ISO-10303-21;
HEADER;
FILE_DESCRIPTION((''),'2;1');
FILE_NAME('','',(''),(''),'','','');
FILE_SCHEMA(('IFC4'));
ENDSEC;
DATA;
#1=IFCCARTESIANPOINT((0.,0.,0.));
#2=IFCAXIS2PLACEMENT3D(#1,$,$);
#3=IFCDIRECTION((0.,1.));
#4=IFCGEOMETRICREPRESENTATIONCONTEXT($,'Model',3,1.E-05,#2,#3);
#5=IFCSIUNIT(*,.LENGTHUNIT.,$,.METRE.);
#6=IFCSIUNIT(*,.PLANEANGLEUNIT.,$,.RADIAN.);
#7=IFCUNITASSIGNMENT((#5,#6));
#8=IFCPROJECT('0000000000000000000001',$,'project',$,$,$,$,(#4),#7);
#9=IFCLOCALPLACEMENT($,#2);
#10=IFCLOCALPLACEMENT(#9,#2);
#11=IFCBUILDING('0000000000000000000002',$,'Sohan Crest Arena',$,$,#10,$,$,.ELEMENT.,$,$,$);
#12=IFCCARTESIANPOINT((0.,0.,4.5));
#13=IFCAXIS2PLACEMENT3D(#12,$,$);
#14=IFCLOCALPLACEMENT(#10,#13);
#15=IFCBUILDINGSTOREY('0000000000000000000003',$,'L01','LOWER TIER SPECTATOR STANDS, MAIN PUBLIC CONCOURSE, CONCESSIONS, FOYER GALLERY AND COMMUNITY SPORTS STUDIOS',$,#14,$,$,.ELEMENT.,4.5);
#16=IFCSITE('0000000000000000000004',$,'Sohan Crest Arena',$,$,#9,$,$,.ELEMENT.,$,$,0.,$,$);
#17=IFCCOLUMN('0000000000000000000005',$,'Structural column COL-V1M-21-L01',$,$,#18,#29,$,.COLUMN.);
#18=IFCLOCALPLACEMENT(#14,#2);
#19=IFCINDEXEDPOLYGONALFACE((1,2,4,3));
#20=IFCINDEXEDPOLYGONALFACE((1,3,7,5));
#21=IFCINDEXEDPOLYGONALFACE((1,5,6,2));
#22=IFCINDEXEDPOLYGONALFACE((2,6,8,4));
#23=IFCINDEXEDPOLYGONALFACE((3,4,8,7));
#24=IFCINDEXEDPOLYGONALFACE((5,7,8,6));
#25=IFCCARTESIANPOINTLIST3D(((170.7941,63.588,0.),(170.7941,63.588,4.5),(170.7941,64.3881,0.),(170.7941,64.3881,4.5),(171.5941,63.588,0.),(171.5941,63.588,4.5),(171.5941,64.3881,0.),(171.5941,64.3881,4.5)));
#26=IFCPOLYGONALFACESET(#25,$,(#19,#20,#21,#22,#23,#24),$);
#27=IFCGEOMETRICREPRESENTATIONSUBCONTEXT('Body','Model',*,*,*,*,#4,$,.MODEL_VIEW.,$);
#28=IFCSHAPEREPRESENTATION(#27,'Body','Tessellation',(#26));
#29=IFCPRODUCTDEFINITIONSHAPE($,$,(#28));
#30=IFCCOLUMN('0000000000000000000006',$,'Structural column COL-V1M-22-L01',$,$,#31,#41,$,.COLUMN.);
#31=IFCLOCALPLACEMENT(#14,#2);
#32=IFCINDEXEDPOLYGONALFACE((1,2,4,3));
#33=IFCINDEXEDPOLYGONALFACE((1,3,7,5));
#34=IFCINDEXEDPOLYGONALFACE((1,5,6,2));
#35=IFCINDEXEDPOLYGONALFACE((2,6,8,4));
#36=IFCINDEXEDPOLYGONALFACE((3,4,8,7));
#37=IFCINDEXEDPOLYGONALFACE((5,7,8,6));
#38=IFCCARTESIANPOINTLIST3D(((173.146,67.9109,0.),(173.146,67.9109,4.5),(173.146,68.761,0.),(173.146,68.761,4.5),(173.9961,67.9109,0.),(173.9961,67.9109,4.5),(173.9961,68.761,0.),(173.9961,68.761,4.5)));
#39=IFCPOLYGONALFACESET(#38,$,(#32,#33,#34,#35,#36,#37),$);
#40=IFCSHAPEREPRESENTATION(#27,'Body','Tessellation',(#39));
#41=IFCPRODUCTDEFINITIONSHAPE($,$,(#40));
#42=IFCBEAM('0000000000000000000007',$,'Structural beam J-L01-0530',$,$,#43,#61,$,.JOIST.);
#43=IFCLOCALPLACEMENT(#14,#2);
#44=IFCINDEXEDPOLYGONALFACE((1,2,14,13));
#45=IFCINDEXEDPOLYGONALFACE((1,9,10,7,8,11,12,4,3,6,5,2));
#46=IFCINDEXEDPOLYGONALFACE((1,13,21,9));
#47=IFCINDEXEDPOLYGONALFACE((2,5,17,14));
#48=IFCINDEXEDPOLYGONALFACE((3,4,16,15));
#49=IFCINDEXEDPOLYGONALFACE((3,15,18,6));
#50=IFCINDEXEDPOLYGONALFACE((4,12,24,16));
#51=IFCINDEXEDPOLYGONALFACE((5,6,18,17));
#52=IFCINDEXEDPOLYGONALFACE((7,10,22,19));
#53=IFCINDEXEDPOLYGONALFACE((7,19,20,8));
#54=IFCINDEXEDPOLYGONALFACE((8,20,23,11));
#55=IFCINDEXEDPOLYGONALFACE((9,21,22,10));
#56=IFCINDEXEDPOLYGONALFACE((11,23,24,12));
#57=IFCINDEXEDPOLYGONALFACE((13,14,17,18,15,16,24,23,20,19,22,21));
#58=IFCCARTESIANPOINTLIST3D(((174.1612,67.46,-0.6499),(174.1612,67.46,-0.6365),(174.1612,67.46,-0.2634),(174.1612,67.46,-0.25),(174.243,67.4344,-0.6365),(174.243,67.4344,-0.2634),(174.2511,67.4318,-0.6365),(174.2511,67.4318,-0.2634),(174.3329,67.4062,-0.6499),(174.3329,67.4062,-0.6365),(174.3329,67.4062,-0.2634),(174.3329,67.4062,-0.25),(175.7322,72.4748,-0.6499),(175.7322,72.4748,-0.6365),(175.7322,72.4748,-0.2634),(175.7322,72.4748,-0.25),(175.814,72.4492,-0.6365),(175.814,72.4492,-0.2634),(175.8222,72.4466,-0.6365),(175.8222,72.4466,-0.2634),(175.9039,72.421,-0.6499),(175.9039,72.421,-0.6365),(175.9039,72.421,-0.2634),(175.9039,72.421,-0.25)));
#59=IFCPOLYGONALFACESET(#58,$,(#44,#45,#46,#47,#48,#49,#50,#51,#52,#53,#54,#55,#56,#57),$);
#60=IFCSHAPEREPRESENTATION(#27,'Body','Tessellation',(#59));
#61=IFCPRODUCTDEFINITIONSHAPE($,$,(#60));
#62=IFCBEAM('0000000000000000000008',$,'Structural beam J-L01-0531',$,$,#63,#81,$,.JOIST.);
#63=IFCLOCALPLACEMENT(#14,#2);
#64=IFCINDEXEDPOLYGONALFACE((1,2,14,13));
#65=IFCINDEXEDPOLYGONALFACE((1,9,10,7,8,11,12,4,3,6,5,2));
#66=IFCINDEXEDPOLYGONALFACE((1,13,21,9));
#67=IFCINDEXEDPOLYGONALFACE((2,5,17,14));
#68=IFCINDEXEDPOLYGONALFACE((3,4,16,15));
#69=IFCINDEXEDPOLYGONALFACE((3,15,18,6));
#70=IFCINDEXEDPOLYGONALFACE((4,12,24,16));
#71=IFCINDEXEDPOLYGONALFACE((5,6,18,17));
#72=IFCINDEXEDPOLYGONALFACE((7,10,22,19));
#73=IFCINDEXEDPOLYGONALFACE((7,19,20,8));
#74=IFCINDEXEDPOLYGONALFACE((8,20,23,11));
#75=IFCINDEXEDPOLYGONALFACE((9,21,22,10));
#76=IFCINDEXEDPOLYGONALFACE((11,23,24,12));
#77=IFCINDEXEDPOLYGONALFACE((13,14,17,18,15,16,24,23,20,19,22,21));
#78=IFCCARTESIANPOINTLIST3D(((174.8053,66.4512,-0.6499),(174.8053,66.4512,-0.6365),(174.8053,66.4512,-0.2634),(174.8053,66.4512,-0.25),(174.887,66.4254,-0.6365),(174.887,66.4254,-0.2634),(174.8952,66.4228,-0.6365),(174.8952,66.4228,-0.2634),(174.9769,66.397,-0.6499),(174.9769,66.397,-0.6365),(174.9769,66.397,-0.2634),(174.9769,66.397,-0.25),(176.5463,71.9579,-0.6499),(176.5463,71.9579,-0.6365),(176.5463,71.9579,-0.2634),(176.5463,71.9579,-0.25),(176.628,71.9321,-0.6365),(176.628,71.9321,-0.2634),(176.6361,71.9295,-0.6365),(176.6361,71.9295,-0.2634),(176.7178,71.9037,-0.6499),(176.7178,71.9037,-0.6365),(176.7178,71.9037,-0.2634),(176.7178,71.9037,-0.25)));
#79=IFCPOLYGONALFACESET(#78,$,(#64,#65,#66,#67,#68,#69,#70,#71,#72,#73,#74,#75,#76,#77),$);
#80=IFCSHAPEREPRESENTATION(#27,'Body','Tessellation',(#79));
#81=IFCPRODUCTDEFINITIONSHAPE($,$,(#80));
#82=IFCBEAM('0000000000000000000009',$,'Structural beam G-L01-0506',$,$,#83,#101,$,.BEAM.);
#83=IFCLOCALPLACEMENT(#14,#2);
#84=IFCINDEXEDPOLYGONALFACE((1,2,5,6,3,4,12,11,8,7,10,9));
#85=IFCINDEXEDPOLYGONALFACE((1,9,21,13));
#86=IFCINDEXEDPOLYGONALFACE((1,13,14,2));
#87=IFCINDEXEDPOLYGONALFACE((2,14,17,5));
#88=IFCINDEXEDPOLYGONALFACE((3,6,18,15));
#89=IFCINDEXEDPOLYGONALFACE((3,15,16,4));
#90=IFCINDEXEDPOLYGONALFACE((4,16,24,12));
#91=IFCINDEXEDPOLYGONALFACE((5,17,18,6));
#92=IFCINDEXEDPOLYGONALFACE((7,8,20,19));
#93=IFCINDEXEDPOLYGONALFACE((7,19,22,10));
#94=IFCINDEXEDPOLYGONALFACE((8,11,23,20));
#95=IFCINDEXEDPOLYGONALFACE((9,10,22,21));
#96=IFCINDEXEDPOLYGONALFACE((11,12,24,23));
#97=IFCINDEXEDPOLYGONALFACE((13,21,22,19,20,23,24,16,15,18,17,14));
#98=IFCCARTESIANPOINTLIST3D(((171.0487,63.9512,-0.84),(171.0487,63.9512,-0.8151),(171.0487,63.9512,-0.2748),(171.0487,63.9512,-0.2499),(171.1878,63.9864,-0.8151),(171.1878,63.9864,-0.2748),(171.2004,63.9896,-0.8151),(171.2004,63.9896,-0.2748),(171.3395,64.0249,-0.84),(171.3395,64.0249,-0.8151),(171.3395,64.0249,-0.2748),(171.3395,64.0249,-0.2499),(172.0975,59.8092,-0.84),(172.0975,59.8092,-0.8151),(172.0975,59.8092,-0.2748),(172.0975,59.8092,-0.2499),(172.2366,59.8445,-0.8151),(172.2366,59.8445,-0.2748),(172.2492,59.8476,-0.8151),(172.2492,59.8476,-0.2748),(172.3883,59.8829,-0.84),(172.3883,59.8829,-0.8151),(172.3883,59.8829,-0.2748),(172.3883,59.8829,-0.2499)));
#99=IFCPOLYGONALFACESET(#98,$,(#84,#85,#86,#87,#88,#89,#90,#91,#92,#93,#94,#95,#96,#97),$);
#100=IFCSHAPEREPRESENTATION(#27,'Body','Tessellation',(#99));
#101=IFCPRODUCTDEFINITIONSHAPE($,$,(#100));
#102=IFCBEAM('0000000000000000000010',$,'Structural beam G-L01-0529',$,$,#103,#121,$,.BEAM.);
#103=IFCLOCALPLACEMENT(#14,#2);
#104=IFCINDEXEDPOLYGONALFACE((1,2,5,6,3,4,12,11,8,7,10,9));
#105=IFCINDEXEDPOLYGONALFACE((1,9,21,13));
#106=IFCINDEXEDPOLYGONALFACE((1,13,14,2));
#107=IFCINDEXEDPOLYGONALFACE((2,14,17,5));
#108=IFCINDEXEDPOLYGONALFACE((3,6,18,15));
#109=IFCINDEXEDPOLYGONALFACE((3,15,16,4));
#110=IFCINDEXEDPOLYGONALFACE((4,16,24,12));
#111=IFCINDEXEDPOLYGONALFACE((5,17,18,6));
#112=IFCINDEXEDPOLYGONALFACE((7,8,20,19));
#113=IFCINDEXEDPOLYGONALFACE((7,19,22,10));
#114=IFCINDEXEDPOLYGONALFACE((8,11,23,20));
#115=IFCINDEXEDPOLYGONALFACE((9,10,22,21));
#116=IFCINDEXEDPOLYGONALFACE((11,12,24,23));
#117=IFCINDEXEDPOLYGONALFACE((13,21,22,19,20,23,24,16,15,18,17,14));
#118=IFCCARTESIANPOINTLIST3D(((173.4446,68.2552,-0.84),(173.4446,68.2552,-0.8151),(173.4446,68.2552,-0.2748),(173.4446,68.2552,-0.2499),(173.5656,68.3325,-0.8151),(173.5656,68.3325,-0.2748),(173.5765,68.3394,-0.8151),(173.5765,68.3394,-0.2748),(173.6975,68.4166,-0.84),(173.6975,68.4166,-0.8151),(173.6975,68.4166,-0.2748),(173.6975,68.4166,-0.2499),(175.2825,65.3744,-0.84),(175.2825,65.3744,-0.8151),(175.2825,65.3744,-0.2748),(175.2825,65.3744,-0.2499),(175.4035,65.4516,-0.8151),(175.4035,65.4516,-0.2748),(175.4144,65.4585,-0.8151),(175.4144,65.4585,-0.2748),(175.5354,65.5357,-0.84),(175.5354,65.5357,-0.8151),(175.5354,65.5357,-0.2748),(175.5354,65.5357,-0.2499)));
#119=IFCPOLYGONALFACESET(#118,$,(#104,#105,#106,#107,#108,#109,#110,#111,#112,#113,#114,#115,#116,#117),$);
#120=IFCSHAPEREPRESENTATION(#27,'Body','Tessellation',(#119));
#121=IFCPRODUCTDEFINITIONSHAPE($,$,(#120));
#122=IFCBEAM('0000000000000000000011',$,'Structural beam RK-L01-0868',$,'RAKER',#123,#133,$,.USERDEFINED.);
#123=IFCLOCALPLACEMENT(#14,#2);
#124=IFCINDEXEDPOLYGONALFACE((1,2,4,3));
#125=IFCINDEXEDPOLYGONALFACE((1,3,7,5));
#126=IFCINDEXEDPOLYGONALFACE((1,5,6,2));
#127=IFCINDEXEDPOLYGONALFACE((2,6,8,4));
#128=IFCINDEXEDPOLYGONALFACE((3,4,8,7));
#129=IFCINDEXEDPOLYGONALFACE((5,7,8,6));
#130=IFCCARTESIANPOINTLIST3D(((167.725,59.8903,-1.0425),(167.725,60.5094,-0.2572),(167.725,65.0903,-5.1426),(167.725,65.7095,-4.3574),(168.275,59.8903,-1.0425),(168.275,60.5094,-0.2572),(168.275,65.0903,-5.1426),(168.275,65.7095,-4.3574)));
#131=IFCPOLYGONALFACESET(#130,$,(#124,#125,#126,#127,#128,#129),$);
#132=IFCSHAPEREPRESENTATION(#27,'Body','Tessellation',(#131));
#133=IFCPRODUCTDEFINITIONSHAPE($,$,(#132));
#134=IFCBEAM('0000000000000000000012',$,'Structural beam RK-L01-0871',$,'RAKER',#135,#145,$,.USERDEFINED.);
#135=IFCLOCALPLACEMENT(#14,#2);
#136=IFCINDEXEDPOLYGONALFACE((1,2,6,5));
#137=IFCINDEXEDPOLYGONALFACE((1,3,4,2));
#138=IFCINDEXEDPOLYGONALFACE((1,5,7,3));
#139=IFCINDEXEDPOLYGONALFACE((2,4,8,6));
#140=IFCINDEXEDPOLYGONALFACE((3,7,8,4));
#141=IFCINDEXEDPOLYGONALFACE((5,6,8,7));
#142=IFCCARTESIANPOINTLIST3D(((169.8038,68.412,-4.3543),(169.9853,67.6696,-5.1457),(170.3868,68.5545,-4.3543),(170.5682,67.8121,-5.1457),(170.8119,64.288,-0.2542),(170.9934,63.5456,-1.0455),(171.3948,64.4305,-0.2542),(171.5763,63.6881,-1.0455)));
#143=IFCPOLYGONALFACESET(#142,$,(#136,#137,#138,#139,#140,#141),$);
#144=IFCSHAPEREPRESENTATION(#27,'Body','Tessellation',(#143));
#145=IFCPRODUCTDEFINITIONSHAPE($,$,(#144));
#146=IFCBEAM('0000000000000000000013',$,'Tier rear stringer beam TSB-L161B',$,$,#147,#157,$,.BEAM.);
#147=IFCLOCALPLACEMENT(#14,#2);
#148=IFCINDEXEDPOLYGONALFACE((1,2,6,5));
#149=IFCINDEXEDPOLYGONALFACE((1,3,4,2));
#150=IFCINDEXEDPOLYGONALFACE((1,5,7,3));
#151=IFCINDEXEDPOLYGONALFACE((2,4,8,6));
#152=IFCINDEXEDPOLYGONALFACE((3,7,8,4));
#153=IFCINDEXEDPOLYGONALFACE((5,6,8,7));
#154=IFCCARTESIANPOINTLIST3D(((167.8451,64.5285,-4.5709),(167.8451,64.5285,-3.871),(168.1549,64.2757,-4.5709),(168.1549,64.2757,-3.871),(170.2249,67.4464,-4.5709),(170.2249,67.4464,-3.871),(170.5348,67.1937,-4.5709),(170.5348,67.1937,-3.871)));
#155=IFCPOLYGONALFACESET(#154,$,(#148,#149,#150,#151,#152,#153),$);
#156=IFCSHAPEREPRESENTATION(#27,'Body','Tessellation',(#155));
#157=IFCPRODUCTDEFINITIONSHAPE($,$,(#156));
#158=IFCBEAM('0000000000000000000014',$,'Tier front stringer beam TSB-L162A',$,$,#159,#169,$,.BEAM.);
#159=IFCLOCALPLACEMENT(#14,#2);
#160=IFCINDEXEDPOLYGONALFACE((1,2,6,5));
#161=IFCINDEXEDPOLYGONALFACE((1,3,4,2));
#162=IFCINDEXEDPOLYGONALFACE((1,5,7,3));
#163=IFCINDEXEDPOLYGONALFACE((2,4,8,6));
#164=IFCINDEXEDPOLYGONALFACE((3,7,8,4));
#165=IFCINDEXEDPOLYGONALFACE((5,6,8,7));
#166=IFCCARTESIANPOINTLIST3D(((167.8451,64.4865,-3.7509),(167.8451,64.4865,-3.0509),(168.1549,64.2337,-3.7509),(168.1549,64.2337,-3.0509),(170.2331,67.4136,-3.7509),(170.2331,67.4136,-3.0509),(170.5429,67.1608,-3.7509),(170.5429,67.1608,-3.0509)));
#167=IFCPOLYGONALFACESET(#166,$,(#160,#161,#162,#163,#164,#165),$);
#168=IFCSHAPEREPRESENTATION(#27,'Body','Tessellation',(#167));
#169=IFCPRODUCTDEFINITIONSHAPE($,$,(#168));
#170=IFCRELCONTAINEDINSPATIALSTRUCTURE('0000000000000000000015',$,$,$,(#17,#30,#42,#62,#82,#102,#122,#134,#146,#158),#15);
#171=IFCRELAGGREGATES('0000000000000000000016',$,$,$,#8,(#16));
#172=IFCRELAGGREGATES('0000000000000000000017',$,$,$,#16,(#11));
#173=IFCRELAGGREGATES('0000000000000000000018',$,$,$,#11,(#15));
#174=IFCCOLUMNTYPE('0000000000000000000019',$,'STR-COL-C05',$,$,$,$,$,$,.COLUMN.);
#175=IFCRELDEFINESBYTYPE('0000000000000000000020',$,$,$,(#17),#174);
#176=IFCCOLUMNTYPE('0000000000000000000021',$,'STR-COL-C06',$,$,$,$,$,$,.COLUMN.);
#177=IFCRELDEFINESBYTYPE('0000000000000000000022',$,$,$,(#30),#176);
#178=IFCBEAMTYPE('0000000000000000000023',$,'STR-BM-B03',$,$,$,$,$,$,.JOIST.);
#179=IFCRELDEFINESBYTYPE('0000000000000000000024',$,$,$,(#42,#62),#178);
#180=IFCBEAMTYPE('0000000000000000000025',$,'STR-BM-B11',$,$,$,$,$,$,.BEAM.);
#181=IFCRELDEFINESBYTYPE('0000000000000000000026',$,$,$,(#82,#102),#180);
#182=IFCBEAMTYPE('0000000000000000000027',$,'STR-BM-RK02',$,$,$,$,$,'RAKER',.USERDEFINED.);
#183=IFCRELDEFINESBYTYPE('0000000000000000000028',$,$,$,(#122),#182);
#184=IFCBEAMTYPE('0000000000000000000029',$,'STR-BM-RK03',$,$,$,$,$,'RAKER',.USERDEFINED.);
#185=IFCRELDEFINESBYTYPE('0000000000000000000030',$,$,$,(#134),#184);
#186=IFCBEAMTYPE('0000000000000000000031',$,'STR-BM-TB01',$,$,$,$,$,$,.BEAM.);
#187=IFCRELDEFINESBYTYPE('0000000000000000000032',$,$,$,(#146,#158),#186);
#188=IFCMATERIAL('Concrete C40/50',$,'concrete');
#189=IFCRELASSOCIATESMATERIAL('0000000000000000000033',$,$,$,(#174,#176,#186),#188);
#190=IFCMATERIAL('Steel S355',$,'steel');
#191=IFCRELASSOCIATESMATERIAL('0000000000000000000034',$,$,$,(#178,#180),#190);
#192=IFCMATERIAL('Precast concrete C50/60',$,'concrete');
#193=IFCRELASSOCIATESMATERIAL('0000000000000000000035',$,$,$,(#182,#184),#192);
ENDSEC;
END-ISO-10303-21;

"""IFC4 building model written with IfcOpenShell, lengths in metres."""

from ifc_helpers import new_model, si_unit, direction, frame, origin, origin_2d, place, context, subcontext, project, spatial, rectangle, i_section, extrude, material, material_profile, profile_set, type_object, element, save


model = new_model("IFC4")

# Units and contexts
model_context = context("Model", 3, precision=1e-05, world=origin(), true_north=direction((0.0, 1.0)))
body_context = subcontext(model_context, "Body", "Model", "MODEL_VIEW")
ifc_project = project(units=[si_unit("LENGTHUNIT", "METRE"), si_unit("PLANEANGLEUNIT", "RADIAN")], contexts=[model_context])

# Site, building, storey
site_placement = place(None, origin())
site = spatial("IfcSite", under=ifc_project, at=site_placement, Name="Sohan Crest Arena", CompositionType="ELEMENT", RefElevation=0.0)
building_placement = place(site_placement, origin())
building = spatial("IfcBuilding", under=site, at=building_placement, Name="Sohan Crest Arena", CompositionType="ELEMENT")
storey_placement = place(building_placement, frame((0.0, 0.0, 4.5)))
storey = spatial("IfcBuildingStorey", under=building, at=storey_placement, Name="L01", Description="LOWER TIER SPECTATOR STANDS, MAIN PUBLIC CONCOURSE, CONCESSIONS, FOYER GALLERY AND COMMUNITY SPORTS STUDIOS", CompositionType="ELEMENT", Elevation=4.5)

# Columns
ifc_material_1 = material(Name="Concrete C40/50", Category="concrete")
ifc_material_profile_1 = material_profile(ifc_material_1, rectangle(XDim=0.8, YDim=0.8, at=origin_2d()), Name="RC 800x800")
ifc_profile_set_1 = profile_set([ifc_material_profile_1], Name="Concrete C40/50")
column_type_1 = type_object("IfcColumnType", Name="STR-COL-C05", PredefinedType="COLUMN", material=ifc_profile_set_1)
column_1_placement = place(storey_placement, frame((171.1941, 63.988, 0.0), z_axis=(0.0, 0.0, 1.0), x_axis=(1.0, 0.0, 0.0)))
element("IfcColumn", 1, at=column_1_placement, inside=storey, type_object=column_type_1, Name="Structural column COL-V1M-21-L01", PredefinedType="COLUMN", context=body_context, shape_type="SweptSolid", body=[
    extrude(rectangle(XDim=0.8, YDim=0.8, at=origin_2d()), origin(), (0.0, 0.0, 1.0), 4.5),
])
ifc_material_profile_2 = material_profile(ifc_material_1, rectangle(XDim=0.8501, YDim=0.8501, at=origin_2d()), Name="RC 850x850")
ifc_profile_set_2 = profile_set([ifc_material_profile_2], Name="Concrete C40/50")
column_type_2 = type_object("IfcColumnType", Name="STR-COL-C06", PredefinedType="COLUMN", material=ifc_profile_set_2)
column_2_placement = place(storey_placement, frame((173.571, 68.3359, 0.0), z_axis=(0.0, 0.0, 1.0), x_axis=(1.0, 0.0, 0.0)))
element("IfcColumn", 2, at=column_2_placement, inside=storey, type_object=column_type_2, Name="Structural column COL-V1M-22-L01", PredefinedType="COLUMN", context=body_context, shape_type="SweptSolid", body=[
    extrude(rectangle(XDim=0.8501, YDim=0.8501, at=origin_2d()), origin(), (0.0, 0.0, 1.0), 4.5),
])

# Beams
ifc_material_2 = material(Name="Steel S355", Category="steel")
ifc_material_profile_3 = material_profile(ifc_material_2, i_section(OverallWidth=0.1799, OverallDepth=0.3999, WebThickness=0.0085, FlangeThickness=0.0134, at=origin_2d()), Name="IPE 400")
ifc_profile_set_3 = profile_set([ifc_material_profile_3], Name="Steel S355")
beam_type_1 = type_object("IfcBeamType", Name="STR-BM-B03", PredefinedType="JOIST", material=ifc_profile_set_3)
beam_1_placement = place(storey_placement, frame((174.2471, 67.4331, -0.45), z_axis=(0.298949, 0.954269, 0.0), x_axis=(-0.954269, 0.298949, 0.0)))
element("IfcBeam", 3, at=beam_1_placement, inside=storey, type_object=beam_type_1, Name="Structural beam J-L01-0530", PredefinedType="JOIST", context=body_context, shape_type="SweptSolid", body=[
    extrude(i_section(OverallWidth=0.1799, OverallDepth=0.3999, WebThickness=0.0085, FlangeThickness=0.0134, at=origin_2d()), origin(), (0.0, 0.0, 1.0), 5.2551),
])
beam_2_placement = place(storey_placement, frame((174.8911, 66.4241, -0.45), z_axis=(0.301441, 0.953485, 0.0), x_axis=(-0.953485, 0.301441, 0.0)))
element("IfcBeam", 4, at=beam_2_placement, inside=storey, type_object=beam_type_1, Name="Structural beam J-L01-0531", PredefinedType="JOIST", context=body_context, shape_type="SweptSolid", body=[
    extrude(i_section(OverallWidth=0.1799, OverallDepth=0.3999, WebThickness=0.0085, FlangeThickness=0.0134, at=origin_2d()), origin(), (0.0, 0.0, 1.0), 5.7754),
])
ifc_material_profile_4 = material_profile(ifc_material_2, i_section(OverallWidth=0.3, OverallDepth=0.5901, WebThickness=0.0129, FlangeThickness=0.0249, at=origin_2d()), Name="HEA 600")
ifc_profile_set_4 = profile_set([ifc_material_profile_4], Name="Steel S355")
beam_type_2 = type_object("IfcBeamType", Name="STR-BM-B11", PredefinedType="BEAM", material=ifc_profile_set_4)
beam_3_placement = place(storey_placement, frame((171.1941, 63.988, -0.5449), z_axis=(0.245465, -0.969405, 0.0), x_axis=(0.969405, 0.245465, 0.0)))
element("IfcBeam", 5, at=beam_3_placement, inside=storey, type_object=beam_type_2, Name="Structural beam G-L01-0506", PredefinedType="BEAM", context=body_context, shape_type="SweptSolid", body=[
    extrude(i_section(OverallWidth=0.3, OverallDepth=0.5901, WebThickness=0.0129, FlangeThickness=0.0249, at=origin_2d()), origin(), (0.0, 0.0, 1.0), 4.2727),
])
beam_4_placement = place(storey_placement, frame((173.571, 68.3359, -0.5449), z_axis=(0.537837, -0.843049, 0.0), x_axis=(0.843049, 0.537837, 0.0)))
element("IfcBeam", 6, at=beam_4_placement, inside=storey, type_object=beam_type_2, Name="Structural beam G-L01-0529", PredefinedType="BEAM", context=body_context, shape_type="SweptSolid", body=[
    extrude(i_section(OverallWidth=0.3, OverallDepth=0.5901, WebThickness=0.0129, FlangeThickness=0.0249, at=origin_2d()), origin(), (0.0, 0.0, 1.0), 3.4172),
])
ifc_material_3 = material(Name="Precast concrete C50/60", Category="concrete")
ifc_material_profile_5 = material_profile(ifc_material_3, rectangle(XDim=0.55, YDim=1.0, at=origin_2d()), Name="RAKER 550x1000")
ifc_profile_set_5 = profile_set([ifc_material_profile_5], Name="Precast concrete C50/60")
beam_type_3 = type_object("IfcBeamType", Name="STR-BM-RK02", ElementType="RAKER", PredefinedType="USERDEFINED", material=ifc_profile_set_5)
beam_5_placement = place(storey_placement, frame((168.0, 65.3999, -4.75), z_axis=(0.0, -0.785259, 0.619167), x_axis=(1.0, 0.0, 0.0)))
element("IfcBeam", 7, at=beam_5_placement, inside=storey, type_object=beam_type_3, Name="Structural beam RK-L01-0868", ObjectType="RAKER", PredefinedType="USERDEFINED", context=body_context, shape_type="SweptSolid", body=[
    extrude(rectangle(XDim=0.55, YDim=1.0, at=origin_2d()), origin(), (0.0, 0.0, 1.0), 6.6221),
])
ifc_material_profile_6 = material_profile(ifc_material_3, rectangle(XDim=0.6001, YDim=1.1001, at=origin_2d()), Name="RAKER 600x1100")
ifc_profile_set_6 = profile_set([ifc_material_profile_6], Name="Precast concrete C50/60")
beam_type_4 = type_object("IfcBeamType", Name="STR-BM-RK03", ElementType="RAKER", PredefinedType="USERDEFINED", material=ifc_profile_set_6)
beam_6_placement = place(storey_placement, frame((170.186, 68.1121, -4.75), z_axis=(0.170797, -0.698741, 0.694687), x_axis=(0.971401, 0.237445, 0.0)))
element("IfcBeam", 8, at=beam_6_placement, inside=storey, type_object=beam_type_4, Name="Structural beam RK-L01-0871", ObjectType="RAKER", PredefinedType="USERDEFINED", context=body_context, shape_type="SweptSolid", body=[
    extrude(rectangle(XDim=0.6001, YDim=1.1001, at=origin_2d()), origin(), (0.0, 0.0, 1.0), 5.9021),
])
ifc_material_profile_7 = material_profile(ifc_material_1, rectangle(XDim=0.3999, YDim=0.7, at=origin_2d()), Name="RC-BM 400x700")
ifc_profile_set_7 = profile_set([ifc_material_profile_7], Name="Concrete C40/50")
beam_type_5 = type_object("IfcBeamType", Name="STR-BM-TB01", PredefinedType="BEAM", material=ifc_profile_set_7)
beam_7_placement = place(storey_placement, frame((168.0, 64.4021, -4.2209), z_axis=(0.632037, 0.774939, 0.0), x_axis=(-0.774939, 0.632037, 0.0)))
element("IfcBeam", 9, at=beam_7_placement, inside=storey, type_object=beam_type_5, Name="Tier rear stringer beam TSB-L161B", PredefinedType="BEAM", context=body_context, shape_type="SweptSolid", body=[
    extrude(rectangle(XDim=0.3999, YDim=0.7, at=origin_2d()), origin(), (0.0, 0.0, 1.0), 3.7654),
])
beam_8_placement = place(storey_placement, frame((168.0, 64.3601, -3.4009), z_axis=(0.632146, 0.774849, 0.0), x_axis=(-0.774849, 0.632146, 0.0)))
element("IfcBeam", 10, at=beam_8_placement, inside=storey, type_object=beam_type_5, Name="Tier front stringer beam TSB-L162A", PredefinedType="BEAM", context=body_context, shape_type="SweptSolid", body=[
    extrude(rectangle(XDim=0.3999, YDim=0.7, at=origin_2d()), origin(), (0.0, 0.0, 1.0), 3.7776),
])

save(model, "model.ifc")
